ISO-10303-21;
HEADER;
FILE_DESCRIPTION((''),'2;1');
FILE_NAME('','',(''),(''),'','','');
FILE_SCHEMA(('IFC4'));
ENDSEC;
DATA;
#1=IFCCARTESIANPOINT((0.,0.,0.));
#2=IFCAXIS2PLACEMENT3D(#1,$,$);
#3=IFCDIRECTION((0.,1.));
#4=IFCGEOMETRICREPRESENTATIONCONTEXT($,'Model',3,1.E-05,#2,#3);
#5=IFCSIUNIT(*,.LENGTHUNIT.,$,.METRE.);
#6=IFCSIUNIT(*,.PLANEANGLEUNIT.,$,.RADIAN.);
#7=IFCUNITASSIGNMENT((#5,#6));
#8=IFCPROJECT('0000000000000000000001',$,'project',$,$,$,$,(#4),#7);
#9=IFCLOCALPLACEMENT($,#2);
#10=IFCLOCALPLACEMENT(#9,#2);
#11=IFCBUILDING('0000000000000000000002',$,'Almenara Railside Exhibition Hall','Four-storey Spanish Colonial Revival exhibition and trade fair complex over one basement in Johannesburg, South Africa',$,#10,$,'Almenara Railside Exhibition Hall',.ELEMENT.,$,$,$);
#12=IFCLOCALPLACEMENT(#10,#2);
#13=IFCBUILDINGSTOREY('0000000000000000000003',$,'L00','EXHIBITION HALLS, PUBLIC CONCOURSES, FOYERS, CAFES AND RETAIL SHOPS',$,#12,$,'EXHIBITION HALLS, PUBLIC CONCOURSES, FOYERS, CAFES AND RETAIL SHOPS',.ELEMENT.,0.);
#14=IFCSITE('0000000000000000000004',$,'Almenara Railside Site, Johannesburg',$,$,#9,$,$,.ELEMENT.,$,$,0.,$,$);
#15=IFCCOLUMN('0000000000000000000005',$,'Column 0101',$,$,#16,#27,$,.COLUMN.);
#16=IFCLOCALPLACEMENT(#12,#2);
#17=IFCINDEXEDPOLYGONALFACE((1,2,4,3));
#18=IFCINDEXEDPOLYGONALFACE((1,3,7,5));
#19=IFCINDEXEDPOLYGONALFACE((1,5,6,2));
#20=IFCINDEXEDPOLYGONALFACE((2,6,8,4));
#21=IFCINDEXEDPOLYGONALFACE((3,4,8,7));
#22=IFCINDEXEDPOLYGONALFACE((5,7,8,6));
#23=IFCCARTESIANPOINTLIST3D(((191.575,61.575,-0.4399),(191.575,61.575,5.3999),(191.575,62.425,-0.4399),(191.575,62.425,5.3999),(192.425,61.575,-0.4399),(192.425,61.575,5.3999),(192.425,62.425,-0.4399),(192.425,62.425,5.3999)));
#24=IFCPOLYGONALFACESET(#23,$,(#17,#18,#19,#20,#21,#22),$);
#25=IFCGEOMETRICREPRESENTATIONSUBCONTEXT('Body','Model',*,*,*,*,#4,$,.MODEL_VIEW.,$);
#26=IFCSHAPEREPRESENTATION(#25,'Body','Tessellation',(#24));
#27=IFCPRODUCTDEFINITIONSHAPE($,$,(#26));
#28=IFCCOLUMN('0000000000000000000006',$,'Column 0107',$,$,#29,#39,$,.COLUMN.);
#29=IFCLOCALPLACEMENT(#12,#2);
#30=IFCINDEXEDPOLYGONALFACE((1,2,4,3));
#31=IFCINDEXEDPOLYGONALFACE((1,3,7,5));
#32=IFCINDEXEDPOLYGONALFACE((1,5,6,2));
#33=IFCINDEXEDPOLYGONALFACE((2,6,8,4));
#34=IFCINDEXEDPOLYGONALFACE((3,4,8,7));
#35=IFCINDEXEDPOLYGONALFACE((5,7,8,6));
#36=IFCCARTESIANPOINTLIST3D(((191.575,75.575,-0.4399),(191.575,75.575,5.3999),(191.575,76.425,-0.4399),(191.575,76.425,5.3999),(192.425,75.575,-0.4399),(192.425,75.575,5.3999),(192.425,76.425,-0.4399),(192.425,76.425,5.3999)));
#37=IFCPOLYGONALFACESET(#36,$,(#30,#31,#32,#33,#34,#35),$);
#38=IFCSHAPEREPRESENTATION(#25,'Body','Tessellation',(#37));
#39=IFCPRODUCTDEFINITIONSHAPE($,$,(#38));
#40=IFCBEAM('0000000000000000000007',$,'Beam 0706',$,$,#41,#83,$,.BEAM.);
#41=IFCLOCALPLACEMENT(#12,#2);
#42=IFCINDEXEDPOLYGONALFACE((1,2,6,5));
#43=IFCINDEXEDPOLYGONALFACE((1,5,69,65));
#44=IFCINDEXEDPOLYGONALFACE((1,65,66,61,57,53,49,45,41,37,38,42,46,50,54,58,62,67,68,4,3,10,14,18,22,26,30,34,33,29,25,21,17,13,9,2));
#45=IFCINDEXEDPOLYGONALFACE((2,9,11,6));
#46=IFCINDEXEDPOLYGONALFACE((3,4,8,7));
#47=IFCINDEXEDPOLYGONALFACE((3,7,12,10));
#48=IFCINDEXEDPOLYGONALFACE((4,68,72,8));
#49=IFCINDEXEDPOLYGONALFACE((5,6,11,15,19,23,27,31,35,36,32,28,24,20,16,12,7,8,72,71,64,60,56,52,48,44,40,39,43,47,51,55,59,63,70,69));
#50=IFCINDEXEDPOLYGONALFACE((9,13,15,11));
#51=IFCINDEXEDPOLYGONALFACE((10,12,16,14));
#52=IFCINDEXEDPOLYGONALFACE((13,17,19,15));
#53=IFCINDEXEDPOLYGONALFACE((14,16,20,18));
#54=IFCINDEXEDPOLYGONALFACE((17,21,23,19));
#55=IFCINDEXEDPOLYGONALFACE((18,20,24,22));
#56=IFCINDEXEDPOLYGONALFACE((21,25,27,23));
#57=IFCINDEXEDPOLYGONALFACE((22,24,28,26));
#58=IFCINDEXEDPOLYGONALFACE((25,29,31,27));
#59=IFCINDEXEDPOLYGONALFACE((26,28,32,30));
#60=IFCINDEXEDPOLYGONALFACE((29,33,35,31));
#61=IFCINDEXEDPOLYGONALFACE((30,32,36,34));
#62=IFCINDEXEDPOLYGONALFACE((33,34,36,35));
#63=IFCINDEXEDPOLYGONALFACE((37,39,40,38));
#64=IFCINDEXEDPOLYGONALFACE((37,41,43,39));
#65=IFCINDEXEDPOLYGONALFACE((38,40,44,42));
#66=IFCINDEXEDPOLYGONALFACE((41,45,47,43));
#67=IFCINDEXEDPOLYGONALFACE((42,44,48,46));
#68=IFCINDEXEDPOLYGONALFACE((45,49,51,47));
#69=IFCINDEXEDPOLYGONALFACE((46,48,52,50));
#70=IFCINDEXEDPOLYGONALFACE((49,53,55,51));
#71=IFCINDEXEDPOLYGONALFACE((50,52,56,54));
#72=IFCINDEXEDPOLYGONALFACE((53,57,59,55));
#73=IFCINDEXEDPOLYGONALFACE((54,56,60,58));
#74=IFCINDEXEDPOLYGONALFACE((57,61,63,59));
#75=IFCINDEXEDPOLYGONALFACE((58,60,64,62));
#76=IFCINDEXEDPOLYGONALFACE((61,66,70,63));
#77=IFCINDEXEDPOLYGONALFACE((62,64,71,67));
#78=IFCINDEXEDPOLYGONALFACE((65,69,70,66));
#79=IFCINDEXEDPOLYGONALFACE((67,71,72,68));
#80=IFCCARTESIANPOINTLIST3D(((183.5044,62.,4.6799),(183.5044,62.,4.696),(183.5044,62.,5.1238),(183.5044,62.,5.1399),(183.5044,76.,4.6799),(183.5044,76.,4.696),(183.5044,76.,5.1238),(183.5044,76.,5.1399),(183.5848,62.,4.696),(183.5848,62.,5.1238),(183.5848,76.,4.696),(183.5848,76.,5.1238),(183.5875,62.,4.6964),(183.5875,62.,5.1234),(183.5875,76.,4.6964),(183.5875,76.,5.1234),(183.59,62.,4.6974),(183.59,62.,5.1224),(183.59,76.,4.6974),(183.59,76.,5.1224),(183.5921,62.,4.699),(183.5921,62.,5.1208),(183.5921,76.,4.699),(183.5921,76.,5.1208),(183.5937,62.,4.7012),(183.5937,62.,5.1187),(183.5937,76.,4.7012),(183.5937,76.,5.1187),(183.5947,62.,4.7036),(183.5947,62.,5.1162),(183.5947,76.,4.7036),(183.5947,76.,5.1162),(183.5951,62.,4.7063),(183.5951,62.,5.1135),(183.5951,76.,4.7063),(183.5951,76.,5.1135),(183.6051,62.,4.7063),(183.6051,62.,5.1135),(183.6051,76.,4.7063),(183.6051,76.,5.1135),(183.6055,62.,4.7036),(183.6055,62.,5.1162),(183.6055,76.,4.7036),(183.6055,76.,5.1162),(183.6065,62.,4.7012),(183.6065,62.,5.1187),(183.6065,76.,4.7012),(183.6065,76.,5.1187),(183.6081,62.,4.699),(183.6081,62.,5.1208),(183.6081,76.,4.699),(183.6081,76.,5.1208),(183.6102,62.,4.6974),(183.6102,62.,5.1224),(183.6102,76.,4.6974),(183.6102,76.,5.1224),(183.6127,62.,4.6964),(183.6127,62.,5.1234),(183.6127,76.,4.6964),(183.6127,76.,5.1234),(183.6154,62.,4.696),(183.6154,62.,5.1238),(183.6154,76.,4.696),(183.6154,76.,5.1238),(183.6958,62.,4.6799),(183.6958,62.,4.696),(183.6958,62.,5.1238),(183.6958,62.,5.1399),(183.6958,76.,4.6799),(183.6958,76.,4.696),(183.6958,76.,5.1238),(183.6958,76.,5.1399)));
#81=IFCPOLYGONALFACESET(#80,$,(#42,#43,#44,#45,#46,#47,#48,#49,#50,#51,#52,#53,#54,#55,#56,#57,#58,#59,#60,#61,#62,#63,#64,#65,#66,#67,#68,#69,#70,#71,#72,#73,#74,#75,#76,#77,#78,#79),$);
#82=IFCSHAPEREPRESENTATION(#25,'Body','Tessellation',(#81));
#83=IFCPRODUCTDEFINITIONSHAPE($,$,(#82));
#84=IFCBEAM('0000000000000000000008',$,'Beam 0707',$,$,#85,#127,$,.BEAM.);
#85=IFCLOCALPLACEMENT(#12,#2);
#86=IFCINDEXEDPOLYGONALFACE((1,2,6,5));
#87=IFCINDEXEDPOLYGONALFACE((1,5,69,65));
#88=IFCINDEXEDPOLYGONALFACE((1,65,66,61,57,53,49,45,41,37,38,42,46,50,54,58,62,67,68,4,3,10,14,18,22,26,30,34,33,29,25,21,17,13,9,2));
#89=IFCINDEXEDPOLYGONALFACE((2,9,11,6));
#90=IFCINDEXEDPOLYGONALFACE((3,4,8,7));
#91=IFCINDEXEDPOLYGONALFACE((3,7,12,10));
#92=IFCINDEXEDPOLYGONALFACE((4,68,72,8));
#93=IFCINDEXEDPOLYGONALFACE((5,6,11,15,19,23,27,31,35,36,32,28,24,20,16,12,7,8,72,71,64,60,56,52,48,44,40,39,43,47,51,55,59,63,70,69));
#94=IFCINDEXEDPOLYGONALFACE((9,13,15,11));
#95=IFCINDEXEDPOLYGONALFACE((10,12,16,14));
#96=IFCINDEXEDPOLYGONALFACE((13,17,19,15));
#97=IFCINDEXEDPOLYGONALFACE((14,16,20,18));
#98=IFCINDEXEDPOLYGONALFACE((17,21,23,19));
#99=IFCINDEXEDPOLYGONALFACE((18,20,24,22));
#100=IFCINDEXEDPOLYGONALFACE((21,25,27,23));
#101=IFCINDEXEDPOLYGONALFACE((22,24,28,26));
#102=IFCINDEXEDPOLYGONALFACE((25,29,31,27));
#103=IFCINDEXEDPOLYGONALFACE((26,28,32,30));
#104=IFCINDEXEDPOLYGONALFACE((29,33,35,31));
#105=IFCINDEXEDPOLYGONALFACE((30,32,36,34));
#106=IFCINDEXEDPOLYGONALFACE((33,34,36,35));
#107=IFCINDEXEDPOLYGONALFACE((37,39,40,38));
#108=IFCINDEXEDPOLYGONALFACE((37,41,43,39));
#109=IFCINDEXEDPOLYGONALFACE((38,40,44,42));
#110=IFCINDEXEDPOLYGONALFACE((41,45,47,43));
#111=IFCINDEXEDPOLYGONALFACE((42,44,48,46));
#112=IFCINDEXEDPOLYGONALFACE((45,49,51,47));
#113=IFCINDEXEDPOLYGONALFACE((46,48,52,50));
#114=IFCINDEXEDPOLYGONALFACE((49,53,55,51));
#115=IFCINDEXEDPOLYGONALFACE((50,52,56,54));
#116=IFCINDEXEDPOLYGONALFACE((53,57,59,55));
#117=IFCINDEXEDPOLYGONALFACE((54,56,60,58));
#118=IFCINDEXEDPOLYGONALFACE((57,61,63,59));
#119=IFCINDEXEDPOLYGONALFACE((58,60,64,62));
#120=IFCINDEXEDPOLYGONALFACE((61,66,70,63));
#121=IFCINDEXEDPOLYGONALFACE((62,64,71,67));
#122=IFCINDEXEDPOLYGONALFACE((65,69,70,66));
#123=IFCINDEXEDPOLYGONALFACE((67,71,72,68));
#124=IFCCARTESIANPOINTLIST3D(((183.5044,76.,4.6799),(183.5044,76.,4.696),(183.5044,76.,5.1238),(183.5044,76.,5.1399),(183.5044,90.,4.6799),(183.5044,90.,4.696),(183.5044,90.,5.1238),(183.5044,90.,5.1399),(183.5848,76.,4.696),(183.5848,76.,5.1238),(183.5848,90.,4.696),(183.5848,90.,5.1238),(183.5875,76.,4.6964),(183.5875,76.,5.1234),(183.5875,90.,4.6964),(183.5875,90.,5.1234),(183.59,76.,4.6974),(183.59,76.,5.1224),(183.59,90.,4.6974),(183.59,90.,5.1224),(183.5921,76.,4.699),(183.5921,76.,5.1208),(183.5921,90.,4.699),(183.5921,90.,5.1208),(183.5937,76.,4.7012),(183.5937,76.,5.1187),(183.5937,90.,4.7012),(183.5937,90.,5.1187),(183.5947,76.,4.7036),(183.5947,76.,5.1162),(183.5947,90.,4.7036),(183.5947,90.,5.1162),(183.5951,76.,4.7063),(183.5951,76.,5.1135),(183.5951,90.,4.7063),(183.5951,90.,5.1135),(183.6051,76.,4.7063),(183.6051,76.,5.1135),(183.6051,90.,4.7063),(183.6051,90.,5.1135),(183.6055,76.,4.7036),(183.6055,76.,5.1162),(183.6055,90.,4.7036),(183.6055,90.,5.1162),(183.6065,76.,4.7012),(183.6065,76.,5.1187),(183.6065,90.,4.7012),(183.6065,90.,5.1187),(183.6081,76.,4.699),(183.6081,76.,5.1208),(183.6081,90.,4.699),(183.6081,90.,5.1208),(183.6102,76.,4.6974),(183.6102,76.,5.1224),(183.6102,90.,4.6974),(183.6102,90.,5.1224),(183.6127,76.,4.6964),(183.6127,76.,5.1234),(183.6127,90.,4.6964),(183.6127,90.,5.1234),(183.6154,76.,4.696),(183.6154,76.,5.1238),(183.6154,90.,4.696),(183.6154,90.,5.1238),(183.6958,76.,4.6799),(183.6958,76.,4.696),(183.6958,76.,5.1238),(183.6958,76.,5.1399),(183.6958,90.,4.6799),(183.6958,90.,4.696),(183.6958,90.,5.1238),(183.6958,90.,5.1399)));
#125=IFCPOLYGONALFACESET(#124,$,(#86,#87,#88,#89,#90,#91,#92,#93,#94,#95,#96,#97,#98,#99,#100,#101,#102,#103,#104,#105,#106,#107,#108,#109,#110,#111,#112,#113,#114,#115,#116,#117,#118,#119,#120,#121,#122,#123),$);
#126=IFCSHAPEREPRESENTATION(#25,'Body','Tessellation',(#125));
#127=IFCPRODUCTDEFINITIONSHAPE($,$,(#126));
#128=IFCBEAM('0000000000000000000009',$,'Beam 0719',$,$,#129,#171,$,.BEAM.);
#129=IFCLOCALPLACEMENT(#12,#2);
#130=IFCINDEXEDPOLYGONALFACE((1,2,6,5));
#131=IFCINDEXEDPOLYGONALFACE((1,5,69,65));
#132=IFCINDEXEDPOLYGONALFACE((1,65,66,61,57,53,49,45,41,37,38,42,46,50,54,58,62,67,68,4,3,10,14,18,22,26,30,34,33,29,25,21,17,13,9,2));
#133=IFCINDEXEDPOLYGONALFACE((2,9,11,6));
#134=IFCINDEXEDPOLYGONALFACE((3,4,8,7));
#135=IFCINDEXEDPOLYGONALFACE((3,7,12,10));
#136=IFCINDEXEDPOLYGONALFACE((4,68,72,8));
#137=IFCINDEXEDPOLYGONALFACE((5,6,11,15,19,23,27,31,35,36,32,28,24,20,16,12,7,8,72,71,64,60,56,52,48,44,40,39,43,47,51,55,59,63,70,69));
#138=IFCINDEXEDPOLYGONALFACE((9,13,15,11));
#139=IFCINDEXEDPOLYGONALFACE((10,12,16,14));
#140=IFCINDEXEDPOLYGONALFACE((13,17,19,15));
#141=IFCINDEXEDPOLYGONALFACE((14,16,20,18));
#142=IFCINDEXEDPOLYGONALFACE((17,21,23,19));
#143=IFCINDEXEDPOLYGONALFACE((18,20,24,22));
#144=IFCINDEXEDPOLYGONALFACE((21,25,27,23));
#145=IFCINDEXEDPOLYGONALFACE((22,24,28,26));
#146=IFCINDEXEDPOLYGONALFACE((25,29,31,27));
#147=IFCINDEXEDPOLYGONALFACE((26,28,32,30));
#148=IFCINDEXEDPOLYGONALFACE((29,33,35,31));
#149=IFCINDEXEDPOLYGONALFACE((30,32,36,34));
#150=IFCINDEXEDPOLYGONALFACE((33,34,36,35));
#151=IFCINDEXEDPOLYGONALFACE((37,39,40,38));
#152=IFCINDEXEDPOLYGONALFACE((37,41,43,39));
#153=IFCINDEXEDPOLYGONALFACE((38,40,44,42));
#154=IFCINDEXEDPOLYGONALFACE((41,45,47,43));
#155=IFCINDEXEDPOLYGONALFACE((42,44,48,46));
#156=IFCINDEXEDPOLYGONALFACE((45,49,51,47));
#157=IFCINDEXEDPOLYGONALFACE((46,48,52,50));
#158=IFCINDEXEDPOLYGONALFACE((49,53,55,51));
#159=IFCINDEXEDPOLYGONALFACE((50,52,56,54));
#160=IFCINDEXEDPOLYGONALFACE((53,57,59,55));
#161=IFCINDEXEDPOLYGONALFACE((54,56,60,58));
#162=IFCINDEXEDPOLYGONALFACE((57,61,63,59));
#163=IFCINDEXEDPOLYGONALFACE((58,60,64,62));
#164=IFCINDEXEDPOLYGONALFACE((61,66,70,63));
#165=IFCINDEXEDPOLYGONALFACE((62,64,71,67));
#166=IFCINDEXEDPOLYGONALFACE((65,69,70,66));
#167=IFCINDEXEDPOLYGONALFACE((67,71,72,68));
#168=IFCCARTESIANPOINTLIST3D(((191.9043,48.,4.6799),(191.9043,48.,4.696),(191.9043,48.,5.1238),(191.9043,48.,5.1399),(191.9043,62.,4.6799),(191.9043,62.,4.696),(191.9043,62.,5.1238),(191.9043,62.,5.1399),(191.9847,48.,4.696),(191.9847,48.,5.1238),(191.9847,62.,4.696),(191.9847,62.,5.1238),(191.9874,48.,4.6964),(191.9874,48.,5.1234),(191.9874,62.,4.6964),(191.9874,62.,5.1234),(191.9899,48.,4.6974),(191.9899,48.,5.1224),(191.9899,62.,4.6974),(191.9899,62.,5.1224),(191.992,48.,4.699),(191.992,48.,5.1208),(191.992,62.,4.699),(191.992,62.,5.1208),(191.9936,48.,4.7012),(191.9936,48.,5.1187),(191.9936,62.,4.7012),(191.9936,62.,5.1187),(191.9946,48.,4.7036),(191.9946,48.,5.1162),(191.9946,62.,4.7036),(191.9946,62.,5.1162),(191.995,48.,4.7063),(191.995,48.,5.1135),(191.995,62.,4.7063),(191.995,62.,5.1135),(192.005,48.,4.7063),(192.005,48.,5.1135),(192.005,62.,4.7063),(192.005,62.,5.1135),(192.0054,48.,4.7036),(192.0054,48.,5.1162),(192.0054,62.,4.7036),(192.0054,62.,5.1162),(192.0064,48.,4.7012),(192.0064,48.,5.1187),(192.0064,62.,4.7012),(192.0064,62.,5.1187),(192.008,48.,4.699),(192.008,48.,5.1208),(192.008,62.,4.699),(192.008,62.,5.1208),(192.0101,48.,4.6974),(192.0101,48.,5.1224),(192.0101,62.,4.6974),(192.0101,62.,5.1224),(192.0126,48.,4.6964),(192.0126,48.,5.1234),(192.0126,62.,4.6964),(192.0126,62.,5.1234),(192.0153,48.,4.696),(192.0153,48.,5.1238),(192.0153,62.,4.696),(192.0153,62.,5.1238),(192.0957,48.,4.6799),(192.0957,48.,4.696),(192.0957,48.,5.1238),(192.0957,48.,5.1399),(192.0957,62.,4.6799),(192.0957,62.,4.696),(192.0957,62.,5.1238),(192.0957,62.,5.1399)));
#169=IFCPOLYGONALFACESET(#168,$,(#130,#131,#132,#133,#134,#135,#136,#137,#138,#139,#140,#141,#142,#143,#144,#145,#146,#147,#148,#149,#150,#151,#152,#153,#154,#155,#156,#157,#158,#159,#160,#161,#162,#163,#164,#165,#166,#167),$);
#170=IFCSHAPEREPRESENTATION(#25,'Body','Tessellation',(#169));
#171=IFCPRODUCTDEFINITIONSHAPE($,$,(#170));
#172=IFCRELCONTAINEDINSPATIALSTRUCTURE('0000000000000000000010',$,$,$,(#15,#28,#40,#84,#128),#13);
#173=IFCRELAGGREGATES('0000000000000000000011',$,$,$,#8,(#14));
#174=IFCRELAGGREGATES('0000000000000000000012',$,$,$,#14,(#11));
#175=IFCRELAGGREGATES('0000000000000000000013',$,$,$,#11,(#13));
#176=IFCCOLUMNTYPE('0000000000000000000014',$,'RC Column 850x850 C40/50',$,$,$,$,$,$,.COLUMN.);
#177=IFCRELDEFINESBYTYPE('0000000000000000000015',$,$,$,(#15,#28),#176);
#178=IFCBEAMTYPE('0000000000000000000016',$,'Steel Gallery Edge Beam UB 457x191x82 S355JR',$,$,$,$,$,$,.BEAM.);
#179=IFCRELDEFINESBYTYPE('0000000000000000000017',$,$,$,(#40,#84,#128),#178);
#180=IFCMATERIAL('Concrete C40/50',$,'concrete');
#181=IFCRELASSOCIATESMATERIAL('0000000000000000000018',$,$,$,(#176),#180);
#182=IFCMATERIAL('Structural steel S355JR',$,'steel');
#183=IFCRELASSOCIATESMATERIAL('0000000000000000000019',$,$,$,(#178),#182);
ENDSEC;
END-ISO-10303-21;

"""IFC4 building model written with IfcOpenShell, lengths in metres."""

from ifc_helpers import new_model, si_unit, direction, frame, origin, origin_2d, place, context, subcontext, project, spatial, rectangle, i_section, extrude, material, material_profile, profile_set, type_object, element, save


model = new_model("IFC4")

# Units and contexts
model_context = context("Model", 3, precision=1e-05, world=origin(), true_north=direction((0.0, 1.0)))
body_context = subcontext(model_context, "Body", "Model", "MODEL_VIEW")
ifc_project = project(units=[si_unit("LENGTHUNIT", "METRE"), si_unit("PLANEANGLEUNIT", "RADIAN")], contexts=[model_context])

# Site, building, storey
site_placement = place(None, origin())
site = spatial("IfcSite", under=ifc_project, at=site_placement, Name="Almenara Railside Site, Johannesburg", CompositionType="ELEMENT", RefElevation=0.0)
building_placement = place(site_placement, origin())
building = spatial("IfcBuilding", under=site, at=building_placement, Name="Almenara Railside Exhibition Hall", Description="Four-storey Spanish Colonial Revival exhibition and trade fair complex over one basement in Johannesburg, South Africa", LongName="Almenara Railside Exhibition Hall", CompositionType="ELEMENT")
storey_placement = place(building_placement, origin())
storey = spatial("IfcBuildingStorey", under=building, at=storey_placement, Name="L00", Description="EXHIBITION HALLS, PUBLIC CONCOURSES, FOYERS, CAFES AND RETAIL SHOPS", LongName="EXHIBITION HALLS, PUBLIC CONCOURSES, FOYERS, CAFES AND RETAIL SHOPS", CompositionType="ELEMENT", Elevation=0.0)

# Shared definitions
ifc_material_1 = material(Name="Concrete C40/50", Category="concrete")

# Columns
ifc_material_profile_1 = material_profile(ifc_material_1, rectangle(XDim=0.8501, YDim=0.8501, at=origin_2d()), Name="RC 850x850")
ifc_profile_set_1 = profile_set([ifc_material_profile_1], Name="Concrete C40/50")
column_type_1 = type_object("IfcColumnType", Name="RC Column 850x850 C40/50", PredefinedType="COLUMN", material=ifc_profile_set_1)
for number, where, z_axis, x_axis, name in (
    (1, (192.0, 62.0, -0.4399), (0.0, 0.0, 1.0), (1.0, 0.0, 0.0), "Column 0101"),
    (2, (192.0, 76.0, -0.4399), (0.0, 0.0, 1.0), (1.0, 0.0, 0.0), "Column 0107"),
):
    element("IfcColumn", number, at=place(storey_placement, frame(where, z_axis=z_axis, x_axis=x_axis)), inside=storey, type_object=column_type_1, Name=name, PredefinedType="COLUMN", context=body_context, shape_type="SweptSolid", body=[
        extrude(rectangle(XDim=0.8501, YDim=0.8501, at=origin_2d()), origin(), (0.0, 0.0, 1.0), 5.8398),
    ])

# Beams
ifc_material_2 = material(Name="Structural steel S355JR", Category="steel")
ifc_material_profile_2 = material_profile(ifc_material_2, i_section(OverallWidth=0.1914, OverallDepth=0.46, WebThickness=0.01, FlangeThickness=0.0161, FilletRadius=0.0103, at=origin_2d()), Name="UB 457x191x82")
ifc_profile_set_2 = profile_set([ifc_material_profile_2], Name="Structural steel S355JR")
beam_type_1 = type_object("IfcBeamType", Name="Steel Gallery Edge Beam UB 457x191x82 S355JR", PredefinedType="BEAM", material=ifc_profile_set_2)
for number, where, z_axis, x_axis, name in (
    (3, (183.6001, 62.0, 4.9099), (0.0, 1.0, 0.0), (-1.0, 0.0, 0.0), "Beam 0706"),
    (4, (183.6001, 76.0, 4.9099), (0.0, 1.0, 0.0), (-1.0, 0.0, 0.0), "Beam 0707"),
    (5, (192.0, 48.0, 4.9099), (0.0, 1.0, 0.0), (-1.0, 0.0, 0.0), "Beam 0719"),
):
    element("IfcBeam", number, at=place(storey_placement, frame(where, z_axis=z_axis, x_axis=x_axis)), inside=storey, type_object=beam_type_1, Name=name, PredefinedType="BEAM", context=body_context, shape_type="SweptSolid", body=[
        extrude(i_section(OverallWidth=0.1914, OverallDepth=0.46, WebThickness=0.01, FlangeThickness=0.0161, FilletRadius=0.0103, at=origin_2d()), origin(), (0.0, 0.0, 1.0), 14.0),
    ])

save(model, "model.ifc")
